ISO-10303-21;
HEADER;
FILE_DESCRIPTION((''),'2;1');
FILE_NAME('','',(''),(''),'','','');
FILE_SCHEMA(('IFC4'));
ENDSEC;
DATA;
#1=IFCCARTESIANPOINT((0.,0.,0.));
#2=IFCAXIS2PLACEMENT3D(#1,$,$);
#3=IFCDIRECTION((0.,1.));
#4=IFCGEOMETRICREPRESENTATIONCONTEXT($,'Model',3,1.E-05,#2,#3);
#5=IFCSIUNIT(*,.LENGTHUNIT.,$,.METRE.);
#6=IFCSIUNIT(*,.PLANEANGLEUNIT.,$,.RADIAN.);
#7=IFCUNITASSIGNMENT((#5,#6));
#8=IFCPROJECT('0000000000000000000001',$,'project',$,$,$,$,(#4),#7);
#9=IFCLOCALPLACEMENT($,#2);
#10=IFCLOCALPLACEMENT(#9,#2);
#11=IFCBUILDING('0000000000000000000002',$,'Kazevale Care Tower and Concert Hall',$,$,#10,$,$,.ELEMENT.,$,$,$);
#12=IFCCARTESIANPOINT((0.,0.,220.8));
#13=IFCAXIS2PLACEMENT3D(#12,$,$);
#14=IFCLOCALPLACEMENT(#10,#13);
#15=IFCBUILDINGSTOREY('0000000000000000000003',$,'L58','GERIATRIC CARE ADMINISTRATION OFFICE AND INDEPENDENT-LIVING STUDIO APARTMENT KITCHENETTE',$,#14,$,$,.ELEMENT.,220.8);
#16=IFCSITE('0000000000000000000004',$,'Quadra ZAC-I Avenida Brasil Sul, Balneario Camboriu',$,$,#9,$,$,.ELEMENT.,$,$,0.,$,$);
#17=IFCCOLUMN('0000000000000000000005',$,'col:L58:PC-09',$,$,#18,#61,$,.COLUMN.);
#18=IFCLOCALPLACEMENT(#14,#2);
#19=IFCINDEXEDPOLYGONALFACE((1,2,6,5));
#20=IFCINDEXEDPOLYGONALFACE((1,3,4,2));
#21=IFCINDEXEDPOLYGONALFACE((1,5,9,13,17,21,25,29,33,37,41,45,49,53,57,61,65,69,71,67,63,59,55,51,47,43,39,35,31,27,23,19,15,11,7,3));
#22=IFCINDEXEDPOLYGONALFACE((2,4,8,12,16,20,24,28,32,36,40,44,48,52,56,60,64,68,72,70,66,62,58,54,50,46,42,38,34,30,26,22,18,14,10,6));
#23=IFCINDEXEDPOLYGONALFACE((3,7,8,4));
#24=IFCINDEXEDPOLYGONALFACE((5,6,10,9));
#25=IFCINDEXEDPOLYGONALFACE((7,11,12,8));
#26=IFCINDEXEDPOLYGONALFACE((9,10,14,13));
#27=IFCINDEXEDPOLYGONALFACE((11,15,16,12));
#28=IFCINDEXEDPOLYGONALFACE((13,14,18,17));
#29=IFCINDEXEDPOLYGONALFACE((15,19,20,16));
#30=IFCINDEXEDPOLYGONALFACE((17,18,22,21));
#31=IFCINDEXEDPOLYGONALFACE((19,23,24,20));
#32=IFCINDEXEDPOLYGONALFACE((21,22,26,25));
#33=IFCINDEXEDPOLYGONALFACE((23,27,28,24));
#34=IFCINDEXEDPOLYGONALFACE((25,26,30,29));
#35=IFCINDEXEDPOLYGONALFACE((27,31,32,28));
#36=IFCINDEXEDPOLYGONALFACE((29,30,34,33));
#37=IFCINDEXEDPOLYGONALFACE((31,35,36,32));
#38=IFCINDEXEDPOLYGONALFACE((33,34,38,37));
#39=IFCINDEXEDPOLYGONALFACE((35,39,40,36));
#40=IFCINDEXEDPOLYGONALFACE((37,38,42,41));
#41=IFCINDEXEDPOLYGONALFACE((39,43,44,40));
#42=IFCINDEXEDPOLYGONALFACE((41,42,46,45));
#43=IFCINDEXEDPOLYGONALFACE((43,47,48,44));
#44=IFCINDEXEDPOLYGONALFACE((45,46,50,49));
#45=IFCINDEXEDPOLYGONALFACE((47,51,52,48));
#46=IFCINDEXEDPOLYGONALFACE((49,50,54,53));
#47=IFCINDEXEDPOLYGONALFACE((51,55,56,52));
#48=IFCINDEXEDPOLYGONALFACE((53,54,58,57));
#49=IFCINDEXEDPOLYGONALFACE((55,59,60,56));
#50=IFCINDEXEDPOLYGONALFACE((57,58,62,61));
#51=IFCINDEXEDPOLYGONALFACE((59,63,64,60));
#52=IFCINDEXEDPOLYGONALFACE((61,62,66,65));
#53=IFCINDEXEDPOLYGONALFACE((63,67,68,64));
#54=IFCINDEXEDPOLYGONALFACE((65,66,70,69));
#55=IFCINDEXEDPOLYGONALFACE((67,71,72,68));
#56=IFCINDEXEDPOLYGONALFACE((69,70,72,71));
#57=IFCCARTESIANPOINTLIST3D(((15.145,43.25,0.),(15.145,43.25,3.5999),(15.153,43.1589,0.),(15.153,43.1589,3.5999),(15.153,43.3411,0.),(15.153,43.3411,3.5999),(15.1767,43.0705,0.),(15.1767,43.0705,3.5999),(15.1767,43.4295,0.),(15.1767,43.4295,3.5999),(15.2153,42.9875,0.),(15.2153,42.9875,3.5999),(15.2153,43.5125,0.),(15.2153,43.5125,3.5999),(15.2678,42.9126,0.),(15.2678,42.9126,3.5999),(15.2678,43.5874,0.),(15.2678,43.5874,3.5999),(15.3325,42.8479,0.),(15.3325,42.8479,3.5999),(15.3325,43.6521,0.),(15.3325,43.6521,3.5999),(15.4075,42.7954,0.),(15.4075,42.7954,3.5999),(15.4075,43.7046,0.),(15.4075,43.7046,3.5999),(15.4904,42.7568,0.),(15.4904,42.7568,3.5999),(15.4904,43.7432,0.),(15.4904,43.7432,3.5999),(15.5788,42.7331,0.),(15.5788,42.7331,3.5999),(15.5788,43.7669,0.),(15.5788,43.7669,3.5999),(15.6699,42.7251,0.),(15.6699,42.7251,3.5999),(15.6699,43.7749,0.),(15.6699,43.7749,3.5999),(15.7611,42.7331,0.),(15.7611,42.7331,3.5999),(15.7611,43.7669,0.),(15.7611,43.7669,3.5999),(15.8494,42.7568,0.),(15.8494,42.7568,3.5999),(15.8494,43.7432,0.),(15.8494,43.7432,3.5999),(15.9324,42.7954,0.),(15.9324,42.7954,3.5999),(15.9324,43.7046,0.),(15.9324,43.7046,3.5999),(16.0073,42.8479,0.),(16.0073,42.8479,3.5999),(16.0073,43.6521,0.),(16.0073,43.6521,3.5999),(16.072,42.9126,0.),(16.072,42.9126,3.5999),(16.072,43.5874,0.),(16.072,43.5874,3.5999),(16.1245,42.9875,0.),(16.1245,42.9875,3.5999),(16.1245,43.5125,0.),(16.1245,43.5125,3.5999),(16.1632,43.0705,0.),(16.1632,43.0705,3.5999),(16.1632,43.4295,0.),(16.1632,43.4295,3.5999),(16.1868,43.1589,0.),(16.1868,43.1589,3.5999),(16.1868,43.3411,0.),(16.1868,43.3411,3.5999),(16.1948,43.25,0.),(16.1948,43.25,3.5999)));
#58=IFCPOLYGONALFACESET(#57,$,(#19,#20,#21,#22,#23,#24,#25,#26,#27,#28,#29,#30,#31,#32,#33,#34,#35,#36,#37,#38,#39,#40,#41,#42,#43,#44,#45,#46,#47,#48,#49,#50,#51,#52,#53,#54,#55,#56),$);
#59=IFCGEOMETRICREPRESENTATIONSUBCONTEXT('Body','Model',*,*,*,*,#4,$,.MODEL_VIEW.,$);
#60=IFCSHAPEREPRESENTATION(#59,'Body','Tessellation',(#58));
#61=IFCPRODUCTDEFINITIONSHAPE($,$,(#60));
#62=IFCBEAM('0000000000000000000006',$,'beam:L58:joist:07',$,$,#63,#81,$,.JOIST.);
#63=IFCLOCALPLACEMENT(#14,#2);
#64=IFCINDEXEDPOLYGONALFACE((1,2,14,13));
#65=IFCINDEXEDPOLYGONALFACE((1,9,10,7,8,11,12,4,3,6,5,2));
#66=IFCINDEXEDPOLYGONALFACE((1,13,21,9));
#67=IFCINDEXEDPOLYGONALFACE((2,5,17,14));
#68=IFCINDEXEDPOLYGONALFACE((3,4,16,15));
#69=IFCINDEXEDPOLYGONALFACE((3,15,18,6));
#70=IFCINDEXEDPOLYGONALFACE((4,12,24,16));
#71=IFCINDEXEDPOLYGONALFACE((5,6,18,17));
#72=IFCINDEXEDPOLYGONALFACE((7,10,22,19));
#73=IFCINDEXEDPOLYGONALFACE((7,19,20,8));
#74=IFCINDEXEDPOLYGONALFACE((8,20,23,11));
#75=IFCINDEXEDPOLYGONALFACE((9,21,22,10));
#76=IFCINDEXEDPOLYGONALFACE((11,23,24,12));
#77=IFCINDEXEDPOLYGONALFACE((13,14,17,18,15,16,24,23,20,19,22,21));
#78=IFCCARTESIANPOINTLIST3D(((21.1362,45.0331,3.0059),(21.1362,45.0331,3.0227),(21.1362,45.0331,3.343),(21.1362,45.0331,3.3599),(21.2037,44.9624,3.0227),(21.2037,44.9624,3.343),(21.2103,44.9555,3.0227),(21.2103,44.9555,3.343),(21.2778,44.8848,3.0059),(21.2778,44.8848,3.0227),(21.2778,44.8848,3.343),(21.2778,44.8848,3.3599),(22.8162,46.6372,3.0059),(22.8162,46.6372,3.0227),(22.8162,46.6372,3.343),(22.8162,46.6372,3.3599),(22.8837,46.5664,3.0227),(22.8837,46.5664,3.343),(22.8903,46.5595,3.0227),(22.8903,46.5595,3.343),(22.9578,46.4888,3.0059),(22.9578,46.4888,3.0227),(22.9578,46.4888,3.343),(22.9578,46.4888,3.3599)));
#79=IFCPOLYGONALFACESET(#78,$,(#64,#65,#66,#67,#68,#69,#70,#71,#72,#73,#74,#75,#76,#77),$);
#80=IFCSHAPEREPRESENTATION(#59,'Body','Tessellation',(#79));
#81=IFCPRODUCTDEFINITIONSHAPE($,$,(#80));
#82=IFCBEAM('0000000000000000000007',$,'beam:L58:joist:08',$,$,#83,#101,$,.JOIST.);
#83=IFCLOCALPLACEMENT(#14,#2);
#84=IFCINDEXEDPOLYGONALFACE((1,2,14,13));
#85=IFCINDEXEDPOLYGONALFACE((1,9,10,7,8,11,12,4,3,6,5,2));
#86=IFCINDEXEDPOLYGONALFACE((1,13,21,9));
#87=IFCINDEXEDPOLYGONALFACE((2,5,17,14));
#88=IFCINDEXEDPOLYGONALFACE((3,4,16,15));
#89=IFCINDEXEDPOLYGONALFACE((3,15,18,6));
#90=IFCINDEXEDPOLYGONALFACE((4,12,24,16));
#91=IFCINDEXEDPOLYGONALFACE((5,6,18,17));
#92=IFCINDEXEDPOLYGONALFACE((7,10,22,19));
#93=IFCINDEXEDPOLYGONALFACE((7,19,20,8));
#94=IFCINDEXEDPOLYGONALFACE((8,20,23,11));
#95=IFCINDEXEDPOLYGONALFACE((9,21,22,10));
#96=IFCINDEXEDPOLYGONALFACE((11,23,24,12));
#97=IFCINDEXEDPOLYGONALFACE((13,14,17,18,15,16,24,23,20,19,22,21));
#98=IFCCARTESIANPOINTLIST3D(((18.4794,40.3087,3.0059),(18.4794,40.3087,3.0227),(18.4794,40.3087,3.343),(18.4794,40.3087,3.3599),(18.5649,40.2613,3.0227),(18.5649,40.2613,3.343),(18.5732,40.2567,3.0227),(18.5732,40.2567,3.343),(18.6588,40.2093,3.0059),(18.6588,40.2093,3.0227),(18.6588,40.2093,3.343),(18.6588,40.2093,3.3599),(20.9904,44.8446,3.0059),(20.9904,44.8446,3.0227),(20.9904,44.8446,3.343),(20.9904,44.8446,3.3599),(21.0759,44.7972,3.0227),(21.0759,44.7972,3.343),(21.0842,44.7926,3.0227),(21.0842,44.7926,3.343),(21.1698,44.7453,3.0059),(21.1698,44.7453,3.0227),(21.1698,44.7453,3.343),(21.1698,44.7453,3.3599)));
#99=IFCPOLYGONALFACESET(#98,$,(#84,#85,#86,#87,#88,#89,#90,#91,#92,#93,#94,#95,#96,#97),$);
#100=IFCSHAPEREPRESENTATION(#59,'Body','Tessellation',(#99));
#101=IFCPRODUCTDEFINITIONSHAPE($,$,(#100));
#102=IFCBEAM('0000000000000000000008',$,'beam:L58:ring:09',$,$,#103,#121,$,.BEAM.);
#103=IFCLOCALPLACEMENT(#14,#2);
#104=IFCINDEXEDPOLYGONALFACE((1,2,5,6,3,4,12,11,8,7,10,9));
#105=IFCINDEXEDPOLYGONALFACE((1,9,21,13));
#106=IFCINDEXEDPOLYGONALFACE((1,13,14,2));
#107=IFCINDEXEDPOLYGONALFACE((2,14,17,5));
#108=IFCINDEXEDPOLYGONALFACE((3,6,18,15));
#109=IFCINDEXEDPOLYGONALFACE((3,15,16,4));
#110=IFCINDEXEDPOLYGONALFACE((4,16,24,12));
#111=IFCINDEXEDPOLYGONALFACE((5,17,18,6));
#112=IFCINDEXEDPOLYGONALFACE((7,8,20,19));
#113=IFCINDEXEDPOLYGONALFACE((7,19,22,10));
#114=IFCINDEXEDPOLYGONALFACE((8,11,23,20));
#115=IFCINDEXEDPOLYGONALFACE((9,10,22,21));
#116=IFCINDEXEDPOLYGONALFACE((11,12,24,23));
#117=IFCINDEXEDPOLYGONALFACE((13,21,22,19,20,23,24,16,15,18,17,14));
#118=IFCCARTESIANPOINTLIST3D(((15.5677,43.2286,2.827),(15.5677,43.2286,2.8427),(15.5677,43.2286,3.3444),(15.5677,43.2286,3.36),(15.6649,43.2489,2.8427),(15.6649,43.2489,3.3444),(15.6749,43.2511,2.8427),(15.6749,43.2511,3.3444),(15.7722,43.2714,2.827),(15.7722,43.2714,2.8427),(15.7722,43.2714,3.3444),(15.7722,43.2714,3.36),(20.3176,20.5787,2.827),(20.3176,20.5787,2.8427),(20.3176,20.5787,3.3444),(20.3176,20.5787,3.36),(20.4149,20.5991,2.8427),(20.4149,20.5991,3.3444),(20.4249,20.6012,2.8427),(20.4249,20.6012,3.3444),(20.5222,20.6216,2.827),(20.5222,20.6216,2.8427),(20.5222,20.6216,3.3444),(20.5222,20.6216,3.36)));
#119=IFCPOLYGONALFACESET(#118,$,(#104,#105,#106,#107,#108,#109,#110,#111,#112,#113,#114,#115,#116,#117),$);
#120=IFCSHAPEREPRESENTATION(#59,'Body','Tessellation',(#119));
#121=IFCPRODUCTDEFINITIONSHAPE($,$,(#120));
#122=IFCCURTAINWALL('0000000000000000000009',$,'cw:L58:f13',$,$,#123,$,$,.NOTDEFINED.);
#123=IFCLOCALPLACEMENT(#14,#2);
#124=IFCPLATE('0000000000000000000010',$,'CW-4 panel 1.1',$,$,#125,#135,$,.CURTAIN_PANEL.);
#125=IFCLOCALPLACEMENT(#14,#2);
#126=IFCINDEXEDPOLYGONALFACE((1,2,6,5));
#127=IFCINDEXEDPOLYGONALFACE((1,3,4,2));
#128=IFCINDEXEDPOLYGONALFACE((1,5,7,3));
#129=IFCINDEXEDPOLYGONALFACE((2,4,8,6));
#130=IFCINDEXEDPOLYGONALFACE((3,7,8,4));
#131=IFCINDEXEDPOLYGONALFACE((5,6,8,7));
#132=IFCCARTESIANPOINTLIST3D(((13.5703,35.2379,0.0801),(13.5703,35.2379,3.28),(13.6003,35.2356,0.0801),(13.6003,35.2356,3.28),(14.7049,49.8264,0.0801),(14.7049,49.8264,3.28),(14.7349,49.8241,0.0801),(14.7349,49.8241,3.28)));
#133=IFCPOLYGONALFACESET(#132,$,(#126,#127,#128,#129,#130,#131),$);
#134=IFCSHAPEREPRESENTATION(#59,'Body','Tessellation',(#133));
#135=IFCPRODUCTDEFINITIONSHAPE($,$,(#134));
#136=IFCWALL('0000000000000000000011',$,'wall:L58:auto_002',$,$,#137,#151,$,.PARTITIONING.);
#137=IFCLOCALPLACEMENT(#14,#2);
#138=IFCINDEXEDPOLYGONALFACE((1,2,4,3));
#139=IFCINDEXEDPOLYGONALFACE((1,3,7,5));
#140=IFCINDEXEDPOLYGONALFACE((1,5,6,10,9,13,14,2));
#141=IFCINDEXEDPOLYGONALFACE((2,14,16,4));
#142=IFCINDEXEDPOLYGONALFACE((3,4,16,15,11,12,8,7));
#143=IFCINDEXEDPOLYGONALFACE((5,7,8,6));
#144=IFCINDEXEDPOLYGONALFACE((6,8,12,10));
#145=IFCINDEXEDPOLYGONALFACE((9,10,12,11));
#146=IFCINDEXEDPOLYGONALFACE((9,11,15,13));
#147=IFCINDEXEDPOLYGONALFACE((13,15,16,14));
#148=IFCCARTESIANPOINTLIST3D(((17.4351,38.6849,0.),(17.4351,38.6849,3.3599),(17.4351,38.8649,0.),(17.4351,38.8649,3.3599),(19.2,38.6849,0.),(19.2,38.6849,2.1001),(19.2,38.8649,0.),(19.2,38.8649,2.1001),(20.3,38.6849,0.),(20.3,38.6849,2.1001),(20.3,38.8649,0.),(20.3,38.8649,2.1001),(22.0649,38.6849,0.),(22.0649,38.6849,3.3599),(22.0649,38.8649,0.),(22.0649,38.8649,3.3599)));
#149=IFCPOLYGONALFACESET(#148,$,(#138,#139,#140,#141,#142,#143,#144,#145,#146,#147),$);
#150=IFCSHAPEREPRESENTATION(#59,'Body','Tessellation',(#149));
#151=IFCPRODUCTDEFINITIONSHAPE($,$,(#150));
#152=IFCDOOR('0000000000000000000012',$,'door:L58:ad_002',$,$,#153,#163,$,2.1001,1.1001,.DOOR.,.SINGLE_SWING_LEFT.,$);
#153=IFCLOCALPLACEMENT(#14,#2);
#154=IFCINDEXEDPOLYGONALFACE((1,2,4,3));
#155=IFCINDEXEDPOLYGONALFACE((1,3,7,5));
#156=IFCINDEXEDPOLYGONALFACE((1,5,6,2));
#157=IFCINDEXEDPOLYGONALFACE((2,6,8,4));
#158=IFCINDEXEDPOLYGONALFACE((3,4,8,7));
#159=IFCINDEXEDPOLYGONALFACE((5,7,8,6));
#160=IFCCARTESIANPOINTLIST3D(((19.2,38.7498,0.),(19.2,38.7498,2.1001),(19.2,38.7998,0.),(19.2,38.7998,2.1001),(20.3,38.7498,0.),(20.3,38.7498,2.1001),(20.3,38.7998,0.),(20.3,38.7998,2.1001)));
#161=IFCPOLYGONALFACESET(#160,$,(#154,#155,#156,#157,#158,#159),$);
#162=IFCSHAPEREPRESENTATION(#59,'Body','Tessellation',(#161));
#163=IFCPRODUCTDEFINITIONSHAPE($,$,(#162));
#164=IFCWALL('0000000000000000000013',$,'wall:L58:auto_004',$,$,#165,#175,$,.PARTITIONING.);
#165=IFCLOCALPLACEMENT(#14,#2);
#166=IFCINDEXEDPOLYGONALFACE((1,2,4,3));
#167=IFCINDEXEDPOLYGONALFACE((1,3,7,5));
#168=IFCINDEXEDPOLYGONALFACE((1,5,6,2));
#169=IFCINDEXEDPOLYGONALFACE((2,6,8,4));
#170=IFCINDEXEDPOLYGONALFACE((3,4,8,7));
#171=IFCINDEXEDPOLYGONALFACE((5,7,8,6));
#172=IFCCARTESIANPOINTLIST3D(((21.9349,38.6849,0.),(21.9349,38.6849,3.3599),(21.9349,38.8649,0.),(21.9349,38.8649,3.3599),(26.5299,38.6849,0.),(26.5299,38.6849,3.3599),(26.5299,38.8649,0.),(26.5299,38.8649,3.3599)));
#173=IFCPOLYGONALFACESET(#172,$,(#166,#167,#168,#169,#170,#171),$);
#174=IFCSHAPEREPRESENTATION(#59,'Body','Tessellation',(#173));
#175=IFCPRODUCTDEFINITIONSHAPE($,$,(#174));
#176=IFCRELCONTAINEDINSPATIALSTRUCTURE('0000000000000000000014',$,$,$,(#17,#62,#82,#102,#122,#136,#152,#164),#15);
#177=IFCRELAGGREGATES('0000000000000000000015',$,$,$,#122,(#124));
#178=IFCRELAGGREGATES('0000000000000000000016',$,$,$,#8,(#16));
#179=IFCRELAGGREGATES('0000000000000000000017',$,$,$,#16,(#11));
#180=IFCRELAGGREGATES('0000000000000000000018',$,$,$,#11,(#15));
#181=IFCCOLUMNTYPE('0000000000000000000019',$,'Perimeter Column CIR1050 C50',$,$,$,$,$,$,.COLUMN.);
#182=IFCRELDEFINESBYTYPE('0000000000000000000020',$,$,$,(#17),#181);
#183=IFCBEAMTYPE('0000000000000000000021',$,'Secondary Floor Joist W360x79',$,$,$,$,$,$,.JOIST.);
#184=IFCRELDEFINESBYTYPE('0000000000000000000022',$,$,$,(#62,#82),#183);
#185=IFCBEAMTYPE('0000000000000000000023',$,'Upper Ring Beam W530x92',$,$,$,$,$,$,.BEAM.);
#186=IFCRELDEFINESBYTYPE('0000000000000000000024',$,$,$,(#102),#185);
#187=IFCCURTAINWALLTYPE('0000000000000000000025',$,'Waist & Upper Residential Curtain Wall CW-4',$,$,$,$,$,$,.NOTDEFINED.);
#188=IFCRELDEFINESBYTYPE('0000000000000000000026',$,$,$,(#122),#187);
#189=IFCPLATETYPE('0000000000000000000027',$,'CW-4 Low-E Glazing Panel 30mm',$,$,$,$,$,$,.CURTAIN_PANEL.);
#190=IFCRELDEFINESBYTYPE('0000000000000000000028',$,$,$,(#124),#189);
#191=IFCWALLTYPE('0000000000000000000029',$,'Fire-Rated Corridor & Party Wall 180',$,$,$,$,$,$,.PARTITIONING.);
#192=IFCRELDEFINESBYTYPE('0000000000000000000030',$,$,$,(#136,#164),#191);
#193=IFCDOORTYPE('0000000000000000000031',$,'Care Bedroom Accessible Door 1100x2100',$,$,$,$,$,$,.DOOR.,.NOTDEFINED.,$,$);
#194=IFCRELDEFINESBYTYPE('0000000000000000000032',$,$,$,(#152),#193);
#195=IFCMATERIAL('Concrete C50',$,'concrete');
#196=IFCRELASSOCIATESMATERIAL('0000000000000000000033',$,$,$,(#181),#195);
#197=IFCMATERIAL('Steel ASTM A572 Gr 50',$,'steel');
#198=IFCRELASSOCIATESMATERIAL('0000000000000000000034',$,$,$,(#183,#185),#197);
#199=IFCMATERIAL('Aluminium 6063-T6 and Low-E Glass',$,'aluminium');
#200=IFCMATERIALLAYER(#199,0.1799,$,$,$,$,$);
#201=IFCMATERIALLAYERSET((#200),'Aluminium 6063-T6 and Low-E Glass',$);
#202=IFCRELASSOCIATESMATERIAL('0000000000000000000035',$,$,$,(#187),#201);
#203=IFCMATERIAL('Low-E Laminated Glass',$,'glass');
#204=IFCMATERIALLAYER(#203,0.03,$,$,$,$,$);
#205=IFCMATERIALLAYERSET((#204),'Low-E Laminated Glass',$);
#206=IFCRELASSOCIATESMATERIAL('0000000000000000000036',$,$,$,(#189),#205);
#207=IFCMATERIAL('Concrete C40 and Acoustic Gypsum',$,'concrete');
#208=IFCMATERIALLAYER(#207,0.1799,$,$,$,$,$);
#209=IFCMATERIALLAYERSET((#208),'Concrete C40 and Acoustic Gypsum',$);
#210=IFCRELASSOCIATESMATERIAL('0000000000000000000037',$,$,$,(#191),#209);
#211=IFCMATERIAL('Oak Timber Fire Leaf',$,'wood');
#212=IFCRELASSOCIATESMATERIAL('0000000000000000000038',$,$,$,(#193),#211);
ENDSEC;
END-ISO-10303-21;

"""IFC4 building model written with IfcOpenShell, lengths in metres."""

from ifc_helpers import new_model, si_unit, direction, frame, frame_2d, origin, origin_2d, place, context, subcontext, project, spatial, rectangle, circle, i_section, extrude, material, layer, layer_set, material_profile, profile_set, type_object, element, fill, aggregate, save


model = new_model("IFC4")

# Units and contexts
model_context = context("Model", 3, precision=1e-05, world=origin(), true_north=direction((0.0, 1.0)))
body_context = subcontext(model_context, "Body", "Model", "MODEL_VIEW")
ifc_project = project(units=[si_unit("LENGTHUNIT", "METRE"), si_unit("PLANEANGLEUNIT", "RADIAN")], contexts=[model_context])

# Site, building, storey
site_placement = place(None, origin())
site = spatial("IfcSite", under=ifc_project, at=site_placement, Name="Quadra ZAC-I Avenida Brasil Sul, Balneario Camboriu", CompositionType="ELEMENT", RefElevation=0.0)
building_placement = place(site_placement, origin())
building = spatial("IfcBuilding", under=site, at=building_placement, Name="Kazevale Care Tower and Concert Hall", CompositionType="ELEMENT")
storey_placement = place(building_placement, frame((0.0, 0.0, 220.8)))
storey = spatial("IfcBuildingStorey", under=building, at=storey_placement, Name="L58", Description="GERIATRIC CARE ADMINISTRATION OFFICE AND INDEPENDENT-LIVING STUDIO APARTMENT KITCHENETTE", CompositionType="ELEMENT", Elevation=220.8)

# Column
ifc_material_1 = material(Name="Concrete C50", Category="concrete")
ifc_material_profile_1 = material_profile(ifc_material_1, circle(Radius=0.5249, at=origin_2d()), Name="RC-CIR1050")
ifc_profile_set_1 = profile_set([ifc_material_profile_1], Name="Concrete C50")
column_type = type_object("IfcColumnType", Name="Perimeter Column CIR1050 C50", PredefinedType="COLUMN", material=ifc_profile_set_1)
column_placement = place(storey_placement, frame((15.6699, 43.25, 0.0), z_axis=(0.0, 0.0, 1.0), x_axis=(1.0, 0.0, 0.0)))
element("IfcColumn", 1, at=column_placement, inside=storey, type_object=column_type, Name="col:L58:PC-09", PredefinedType="COLUMN", context=body_context, shape_type="SweptSolid", body=[
    extrude(circle(Radius=0.5249, at=origin_2d()), origin(), (0.0, 0.0, 1.0), 3.5999),
])

# Beams
ifc_material_2 = material(Name="Steel ASTM A572 Gr 50", Category="steel")
ifc_material_profile_2 = material_profile(ifc_material_2, i_section(OverallWidth=0.2051, OverallDepth=0.354, WebThickness=0.0095, FlangeThickness=0.0168, at=origin_2d()), Name="W360x79")
ifc_profile_set_2 = profile_set([ifc_material_profile_2], Name="Steel ASTM A572 Gr 50")
beam_type_1 = type_object("IfcBeamType", Name="Secondary Floor Joist W360x79", PredefinedType="JOIST", material=ifc_profile_set_2)
beam_1_placement = place(storey_placement, frame((22.887, 46.563, 3.1829), z_axis=(-0.723262, -0.690573, 0.0), x_axis=(0.690573, -0.723262, 0.0)))
element("IfcBeam", 2, at=beam_1_placement, inside=storey, type_object=beam_type_1, Name="beam:L58:joist:07", PredefinedType="JOIST", context=body_context, shape_type="SweptSolid", body=[
    extrude(i_section(OverallWidth=0.2051, OverallDepth=0.354, WebThickness=0.0095, FlangeThickness=0.0168, at=origin_2d()), origin(), (0.0, 0.0, 1.0), 2.3228),
])
beam_2_placement = place(storey_placement, frame((21.0801, 44.7949, 3.1829), z_axis=(-0.484323, -0.874889, 0.0), x_axis=(0.874889, -0.484323, 0.0)))
element("IfcBeam", 3, at=beam_2_placement, inside=storey, type_object=beam_type_1, Name="beam:L58:joist:08", PredefinedType="JOIST", context=body_context, shape_type="SweptSolid", body=[
    extrude(i_section(OverallWidth=0.2051, OverallDepth=0.354, WebThickness=0.0095, FlangeThickness=0.0168, at=origin_2d()), origin(), (0.0, 0.0, 1.0), 5.1846),
])
ifc_material_profile_3 = material_profile(ifc_material_2, i_section(OverallWidth=0.209, OverallDepth=0.533, WebThickness=0.0103, FlangeThickness=0.0156, at=origin_2d()), Name="W530x92")
ifc_profile_set_3 = profile_set([ifc_material_profile_3], Name="Steel ASTM A572 Gr 50")
beam_type_2 = type_object("IfcBeamType", Name="Upper Ring Beam W530x92", PredefinedType="BEAM", material=ifc_profile_set_3)
beam_3_placement = place(storey_placement, frame((15.6699, 43.25, 3.0935), z_axis=(0.205249, -0.97871, 0.0), x_axis=(0.97871, 0.205249, 0.0)))
element("IfcBeam", 4, at=beam_3_placement, inside=storey, type_object=beam_type_2, Name="beam:L58:ring:09", PredefinedType="BEAM", context=body_context, shape_type="SweptSolid", body=[
    extrude(i_section(OverallWidth=0.209, OverallDepth=0.533, WebThickness=0.0103, FlangeThickness=0.0156, at=origin_2d()), origin(), (0.0, 0.0, 1.0), 23.1426),
])

# Curtain wall, plate
ifc_material_3 = material(Name="Aluminium 6063-T6 and Low-E Glass", Category="aluminium")
ifc_layer_1 = layer(ifc_material_3, 0.1799)
ifc_layer_set_1 = layer_set([ifc_layer_1], Name="Aluminium 6063-T6 and Low-E Glass")
curtain_wall_type = type_object("IfcCurtainWallType", Name="Waist & Upper Residential Curtain Wall CW-4", PredefinedType="NOTDEFINED", material=ifc_layer_set_1)
curtain_wall_placement = place(storey_placement, origin())
curtain_wall = element("IfcCurtainWall", 5, at=curtain_wall_placement, inside=storey, type_object=curtain_wall_type, Name="cw:L58:f13", PredefinedType="NOTDEFINED")
ifc_material_4 = material(Name="Low-E Laminated Glass", Category="glass")
ifc_layer_2 = layer(ifc_material_4, 0.03)
ifc_layer_set_2 = layer_set([ifc_layer_2], Name="Low-E Laminated Glass")
plate_type = type_object("IfcPlateType", Name="CW-4 Low-E Glazing Panel 30mm", PredefinedType="CURTAIN_PANEL", material=ifc_layer_set_2)
plate_placement = place(storey_placement, frame((14.1526, 42.531, 0.0801), z_axis=(0.0, 0.0, 1.0), x_axis=(0.077539, 0.996989, 0.0)))
plate = element("IfcPlate", 6, at=plate_placement, type_object=plate_type, Name="CW-4 panel 1.1", PredefinedType="CURTAIN_PANEL", context=body_context, shape_type="SweptSolid", body=[
    extrude(rectangle(XDim=14.6326, YDim=0.03, at=origin_2d()), origin(), (0.0, 0.0, 1.0), 3.2),
])
aggregate(curtain_wall, [plate])

# Wall, opening, door
ifc_material_5 = material(Name="Concrete C40 and Acoustic Gypsum", Category="concrete")
ifc_layer_3 = layer(ifc_material_5, 0.1799)
ifc_layer_set_3 = layer_set([ifc_layer_3], Name="Concrete C40 and Acoustic Gypsum")
wall_type_1 = type_object("IfcWallType", Name="Fire-Rated Corridor & Party Wall 180", PredefinedType="PARTITIONING", material=ifc_layer_set_3)
wall_1_placement = place(storey_placement, frame((17.4351, 38.7749, 0.0), z_axis=(0.0, 0.0, 1.0), x_axis=(1.0, 0.0, 0.0)))
wall_1 = element("IfcWall", 7, at=wall_1_placement, inside=storey, type_object=wall_type_1, Name="wall:L58:auto_002", PredefinedType="PARTITIONING", context=body_context, shape_type="SweptSolid", body=[
    extrude(rectangle(XDim=4.6299, YDim=0.1799, at=frame_2d((2.3149, 0.0))), origin(), (0.0, 0.0, 1.0), 3.3599),
])
opening_1_placement = place(wall_1_placement, frame((1.7649, 0.0, 0.0)))
opening_1 = element("IfcOpeningElement", 8, at=opening_1_placement, cuts=wall_1, PredefinedType="OPENING", context=body_context, shape_type="SweptSolid", body=[
    extrude(rectangle(XDim=1.1001, YDim=2.1001, at=frame_2d((0.55, 1.05))), frame((0.0, 0.0999, 0.0), z_axis=(0.0, -1.0, 0.0), x_axis=(1.0, 0.0, 0.0)), (0.0, 0.0, 1.0), 0.2),
])
ifc_material_6 = material(Name="Oak Timber Fire Leaf", Category="wood")
door_type_1 = type_object("IfcDoorType", Name="Care Bedroom Accessible Door 1100x2100", OperationType="NOTDEFINED", PredefinedType="DOOR", material=ifc_material_6)
door_1_placement = place(opening_1_placement, origin())
door_1 = element("IfcDoor", 9, at=door_1_placement, inside=storey, type_object=door_type_1, Name="door:L58:ad_002", OperationType="SINGLE_SWING_LEFT", OverallHeight=2.1001, OverallWidth=1.1001, PredefinedType="DOOR", context=body_context, shape_type="SweptSolid", body=[
    extrude(rectangle(XDim=1.1001, YDim=2.1001, at=frame_2d((0.55, 1.05))), frame((0.0, 0.0249, 0.0), z_axis=(0.0, -1.0, 0.0), x_axis=(1.0, 0.0, 0.0)), (0.0, 0.0, 1.0), 0.05),
])
fill(opening_1, door_1)

# Wall
wall_2_placement = place(storey_placement, frame((21.9351, 38.7749, 0.0), z_axis=(0.0, 0.0, 1.0), x_axis=(1.0, 0.0, 0.0)))
element("IfcWall", 10, at=wall_2_placement, inside=storey, type_object=wall_type_1, Name="wall:L58:auto_004", PredefinedType="PARTITIONING", context=body_context, shape_type="SweptSolid", body=[
    extrude(rectangle(XDim=4.595, YDim=0.1799, at=frame_2d((2.2974, 0.0))), origin(), (0.0, 0.0, 1.0), 3.3599),
])

save(model, "model.ifc")
